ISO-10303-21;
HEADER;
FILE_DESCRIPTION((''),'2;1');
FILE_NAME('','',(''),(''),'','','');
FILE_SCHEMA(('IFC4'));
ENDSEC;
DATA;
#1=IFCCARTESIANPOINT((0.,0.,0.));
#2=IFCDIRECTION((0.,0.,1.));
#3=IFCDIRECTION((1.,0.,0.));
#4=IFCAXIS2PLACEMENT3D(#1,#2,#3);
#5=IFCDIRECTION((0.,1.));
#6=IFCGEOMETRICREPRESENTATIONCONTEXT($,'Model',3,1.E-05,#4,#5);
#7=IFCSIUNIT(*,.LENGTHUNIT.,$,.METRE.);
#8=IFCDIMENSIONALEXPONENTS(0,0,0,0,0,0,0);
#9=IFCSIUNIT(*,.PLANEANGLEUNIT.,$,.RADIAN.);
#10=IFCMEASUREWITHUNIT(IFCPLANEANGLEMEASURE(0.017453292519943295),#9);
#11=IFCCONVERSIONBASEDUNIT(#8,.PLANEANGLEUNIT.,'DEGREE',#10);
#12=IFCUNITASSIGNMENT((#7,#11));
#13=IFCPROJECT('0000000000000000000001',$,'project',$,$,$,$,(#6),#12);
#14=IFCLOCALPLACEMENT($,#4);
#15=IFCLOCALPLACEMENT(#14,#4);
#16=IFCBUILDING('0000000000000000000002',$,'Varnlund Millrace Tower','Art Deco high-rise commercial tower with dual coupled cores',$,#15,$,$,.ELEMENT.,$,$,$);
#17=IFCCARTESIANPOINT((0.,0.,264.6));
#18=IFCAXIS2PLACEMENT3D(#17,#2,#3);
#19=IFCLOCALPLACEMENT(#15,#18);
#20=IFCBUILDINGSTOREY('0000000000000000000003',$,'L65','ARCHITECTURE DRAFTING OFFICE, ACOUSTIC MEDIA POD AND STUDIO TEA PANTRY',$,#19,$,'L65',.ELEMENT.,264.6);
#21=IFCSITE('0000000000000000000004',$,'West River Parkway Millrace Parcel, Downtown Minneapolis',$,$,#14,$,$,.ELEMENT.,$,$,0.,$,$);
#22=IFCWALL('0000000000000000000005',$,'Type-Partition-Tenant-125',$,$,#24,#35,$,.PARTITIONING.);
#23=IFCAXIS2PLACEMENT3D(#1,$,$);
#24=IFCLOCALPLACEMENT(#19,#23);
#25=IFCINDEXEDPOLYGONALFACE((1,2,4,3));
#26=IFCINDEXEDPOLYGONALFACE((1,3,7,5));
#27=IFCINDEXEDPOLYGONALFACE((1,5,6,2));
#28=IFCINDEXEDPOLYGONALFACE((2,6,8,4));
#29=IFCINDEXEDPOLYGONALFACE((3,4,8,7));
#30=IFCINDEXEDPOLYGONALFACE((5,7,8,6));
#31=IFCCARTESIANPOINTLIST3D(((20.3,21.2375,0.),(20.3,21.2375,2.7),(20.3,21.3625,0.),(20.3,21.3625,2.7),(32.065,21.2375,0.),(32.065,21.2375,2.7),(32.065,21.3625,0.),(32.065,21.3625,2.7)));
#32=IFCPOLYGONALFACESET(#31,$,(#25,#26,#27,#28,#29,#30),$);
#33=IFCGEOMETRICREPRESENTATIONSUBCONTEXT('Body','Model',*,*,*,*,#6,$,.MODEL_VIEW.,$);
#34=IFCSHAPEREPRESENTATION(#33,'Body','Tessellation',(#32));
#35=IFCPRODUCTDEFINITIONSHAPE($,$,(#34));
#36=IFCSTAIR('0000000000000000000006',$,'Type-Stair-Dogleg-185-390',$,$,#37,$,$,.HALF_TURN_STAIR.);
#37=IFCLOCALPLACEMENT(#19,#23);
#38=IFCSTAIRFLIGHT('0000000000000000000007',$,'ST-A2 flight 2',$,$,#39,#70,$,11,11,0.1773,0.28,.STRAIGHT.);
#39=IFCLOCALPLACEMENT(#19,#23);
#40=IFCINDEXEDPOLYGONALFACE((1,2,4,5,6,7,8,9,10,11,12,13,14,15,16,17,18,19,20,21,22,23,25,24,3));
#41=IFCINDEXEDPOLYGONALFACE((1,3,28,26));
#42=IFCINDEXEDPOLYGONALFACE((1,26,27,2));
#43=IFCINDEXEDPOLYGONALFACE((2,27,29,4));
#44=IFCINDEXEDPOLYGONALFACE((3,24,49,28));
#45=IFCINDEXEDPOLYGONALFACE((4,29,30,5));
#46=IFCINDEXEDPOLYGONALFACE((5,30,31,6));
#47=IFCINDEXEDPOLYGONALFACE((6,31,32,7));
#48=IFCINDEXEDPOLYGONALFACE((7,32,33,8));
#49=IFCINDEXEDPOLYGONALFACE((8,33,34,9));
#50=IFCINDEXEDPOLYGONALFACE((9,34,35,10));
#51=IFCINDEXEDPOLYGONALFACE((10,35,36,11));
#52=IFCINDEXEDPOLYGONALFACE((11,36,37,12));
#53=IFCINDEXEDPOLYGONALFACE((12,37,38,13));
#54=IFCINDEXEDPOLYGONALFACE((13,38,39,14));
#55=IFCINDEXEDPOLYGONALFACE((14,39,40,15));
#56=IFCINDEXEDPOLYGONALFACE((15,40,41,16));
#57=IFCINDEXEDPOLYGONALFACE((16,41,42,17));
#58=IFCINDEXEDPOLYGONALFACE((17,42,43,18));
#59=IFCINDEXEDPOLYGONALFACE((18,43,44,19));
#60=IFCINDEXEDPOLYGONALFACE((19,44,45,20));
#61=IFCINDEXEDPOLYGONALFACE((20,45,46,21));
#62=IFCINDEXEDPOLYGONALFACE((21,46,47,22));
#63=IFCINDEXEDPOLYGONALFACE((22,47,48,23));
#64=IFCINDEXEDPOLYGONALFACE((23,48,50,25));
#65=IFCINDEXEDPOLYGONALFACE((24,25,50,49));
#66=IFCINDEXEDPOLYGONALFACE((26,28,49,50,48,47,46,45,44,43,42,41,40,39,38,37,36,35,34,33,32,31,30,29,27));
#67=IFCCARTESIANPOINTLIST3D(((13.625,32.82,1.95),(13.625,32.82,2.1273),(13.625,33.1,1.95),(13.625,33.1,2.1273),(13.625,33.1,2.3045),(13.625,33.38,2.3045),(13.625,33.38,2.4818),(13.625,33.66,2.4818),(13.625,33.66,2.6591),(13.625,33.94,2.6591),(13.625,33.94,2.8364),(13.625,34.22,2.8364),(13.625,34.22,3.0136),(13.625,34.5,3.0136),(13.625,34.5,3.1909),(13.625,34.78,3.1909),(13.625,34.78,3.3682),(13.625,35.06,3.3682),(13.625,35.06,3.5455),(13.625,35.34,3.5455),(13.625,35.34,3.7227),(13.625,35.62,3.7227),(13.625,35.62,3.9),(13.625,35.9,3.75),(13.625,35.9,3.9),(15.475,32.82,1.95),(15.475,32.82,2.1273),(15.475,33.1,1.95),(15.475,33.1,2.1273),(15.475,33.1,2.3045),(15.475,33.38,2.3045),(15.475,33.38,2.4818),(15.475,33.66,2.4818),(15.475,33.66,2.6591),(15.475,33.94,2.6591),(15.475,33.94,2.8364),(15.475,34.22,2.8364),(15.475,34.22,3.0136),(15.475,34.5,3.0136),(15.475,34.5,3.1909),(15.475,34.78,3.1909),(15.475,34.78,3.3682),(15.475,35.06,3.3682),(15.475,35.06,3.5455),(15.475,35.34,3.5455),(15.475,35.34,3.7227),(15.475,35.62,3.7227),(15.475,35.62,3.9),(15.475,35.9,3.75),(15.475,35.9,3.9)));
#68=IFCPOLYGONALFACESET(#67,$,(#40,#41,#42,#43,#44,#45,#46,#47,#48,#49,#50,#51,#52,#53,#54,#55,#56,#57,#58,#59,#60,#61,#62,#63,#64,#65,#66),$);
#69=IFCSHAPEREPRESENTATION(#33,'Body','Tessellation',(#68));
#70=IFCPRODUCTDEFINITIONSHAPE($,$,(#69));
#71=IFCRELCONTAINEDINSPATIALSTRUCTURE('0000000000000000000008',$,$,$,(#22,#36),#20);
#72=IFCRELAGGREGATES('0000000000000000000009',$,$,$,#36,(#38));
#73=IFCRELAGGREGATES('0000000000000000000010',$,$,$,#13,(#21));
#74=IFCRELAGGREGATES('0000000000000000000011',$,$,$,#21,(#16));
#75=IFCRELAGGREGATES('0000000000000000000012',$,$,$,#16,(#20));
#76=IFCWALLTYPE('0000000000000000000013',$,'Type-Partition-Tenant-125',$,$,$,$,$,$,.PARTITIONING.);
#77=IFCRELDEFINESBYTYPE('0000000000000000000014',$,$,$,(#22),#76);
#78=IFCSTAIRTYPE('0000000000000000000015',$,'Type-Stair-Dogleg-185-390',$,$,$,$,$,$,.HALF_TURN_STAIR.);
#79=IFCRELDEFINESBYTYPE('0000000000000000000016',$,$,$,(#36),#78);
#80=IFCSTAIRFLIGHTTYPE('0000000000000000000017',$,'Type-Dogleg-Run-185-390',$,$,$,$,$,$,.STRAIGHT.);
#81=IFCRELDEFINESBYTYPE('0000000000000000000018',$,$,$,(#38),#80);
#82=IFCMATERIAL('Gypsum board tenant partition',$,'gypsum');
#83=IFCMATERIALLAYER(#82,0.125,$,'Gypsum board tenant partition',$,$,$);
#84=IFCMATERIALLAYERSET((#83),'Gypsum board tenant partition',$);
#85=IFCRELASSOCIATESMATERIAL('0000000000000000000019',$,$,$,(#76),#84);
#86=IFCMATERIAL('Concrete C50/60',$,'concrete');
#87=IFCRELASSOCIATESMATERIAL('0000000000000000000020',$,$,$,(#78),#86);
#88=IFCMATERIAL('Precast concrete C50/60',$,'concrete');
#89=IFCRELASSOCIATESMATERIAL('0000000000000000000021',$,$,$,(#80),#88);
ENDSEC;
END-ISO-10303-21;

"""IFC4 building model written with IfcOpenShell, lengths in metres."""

from ifc_helpers import new_model, entity, si_unit, converted_unit, direction, frame, origin_with_axes, place, context, subcontext, project, spatial, polyline, outline, extrude, material, layer, layer_set, type_object, element, aggregate, save


model = new_model("IFC4")

# Units and contexts
model_context = context("Model", 3, precision=1e-05, world=origin_with_axes(), true_north=direction((0.0, 1.0)))
body_context = subcontext(model_context, "Body", "Model", "MODEL_VIEW")
ifc_project = project(units=[si_unit("LENGTHUNIT", "METRE"), converted_unit("PLANEANGLEUNIT", "DEGREE", entity("IfcPlaneAngleMeasure", 0.017453292519943295), si_unit("PLANEANGLEUNIT", "RADIAN"), dimensions=[0, 0, 0, 0, 0, 0, 0])], contexts=[model_context])

# Site, building, storey
site_placement = place(None, origin_with_axes())
site = spatial("IfcSite", under=ifc_project, at=site_placement, Name="West River Parkway Millrace Parcel, Downtown Minneapolis", CompositionType="ELEMENT", RefElevation=0.0)
building_placement = place(site_placement, origin_with_axes())
building = spatial("IfcBuilding", under=site, at=building_placement, Name="Varnlund Millrace Tower", Description="Art Deco high-rise commercial tower with dual coupled cores", CompositionType="ELEMENT")
storey_placement = place(building_placement, frame((0.0, 0.0, 264.6), z_axis=(0.0, 0.0, 1.0), x_axis=(1.0, 0.0, 0.0)))
storey = spatial("IfcBuildingStorey", under=building, at=storey_placement, Name="L65", Description="ARCHITECTURE DRAFTING OFFICE, ACOUSTIC MEDIA POD AND STUDIO TEA PANTRY", LongName="L65", CompositionType="ELEMENT", Elevation=264.6)

# Shared definitions
ifc_material_1 = material(Name="Precast concrete C50/60", Category="concrete")

# Wall
ifc_material_2 = material(Name="Gypsum board tenant partition", Category="gypsum")
ifc_layer_1 = layer(ifc_material_2, 0.125, Name="Gypsum board tenant partition")
ifc_layer_set_1 = layer_set([ifc_layer_1], Name="Gypsum board tenant partition")
wall_type_1 = type_object("IfcWallType", Name="Type-Partition-Tenant-125", PredefinedType="PARTITIONING", material=ifc_layer_set_1)
wall_1_placement = place(storey_placement, frame((20.3, 21.3, 0.0), z_axis=(0.0, 0.0, 1.0), x_axis=(1.0, 0.0, 0.0)))
element("IfcWall", 1, at=wall_1_placement, inside=storey, type_object=wall_type_1, Name="Type-Partition-Tenant-125", PredefinedType="PARTITIONING", context=body_context, shape_type="SweptSolid", body=[
    extrude(outline(polyline([(0.0, -0.0625), (11.765, -0.0625), (11.765, 0.0625), (0.0, 0.0625), (0.0, -0.0625)])), origin_with_axes(), (0.0, 0.0, 1.0), 2.7),
])

# Stair, stair flight
ifc_material_3 = material(Name="Concrete C50/60", Category="concrete")
stair_type = type_object("IfcStairType", Name="Type-Stair-Dogleg-185-390", PredefinedType="HALF_TURN_STAIR", material=ifc_material_3)
stair_placement = place(storey_placement, origin_with_axes())
stair = element("IfcStair", 2, at=stair_placement, inside=storey, type_object=stair_type, Name="Type-Stair-Dogleg-185-390", PredefinedType="HALF_TURN_STAIR")
stair_flight_type = type_object("IfcStairFlightType", Name="Type-Dogleg-Run-185-390", PredefinedType="STRAIGHT", material=ifc_material_1)
stair_flight_placement = place(storey_placement, frame((13.625, 32.82, 1.95), z_axis=(1.0, 0.0, 0.0), x_axis=(0.0, 1.0, 0.0)))
stair_flight = element("IfcStairFlight", 3, at=stair_flight_placement, type_object=stair_flight_type, Name="ST-A2 flight 2", NumberOfRisers=11, NumberOfTreads=11, PredefinedType="STRAIGHT", RiserHeight=0.1773, TreadLength=0.28, context=body_context, shape_type="SweptSolid", body=[
    extrude(outline(polyline([(0.0, 0.0), (0.0, 0.1773), (0.28, 0.1773), (0.28, 0.3545), (0.56, 0.3545), (0.56, 0.5318), (0.84, 0.5318), (0.84, 0.7091), (1.12, 0.7091), (1.12, 0.8864), (1.4, 0.8864), (1.4, 1.0636), (1.68, 1.0636), (1.68, 1.2409), (1.96, 1.2409), (1.96, 1.4182), (2.24, 1.4182), (2.24, 1.5955), (2.52, 1.5955), (2.52, 1.7727), (2.8, 1.7727), (2.8, 1.95), (3.08, 1.95), (3.08, 1.8), (0.28, 0.0), (0.0, 0.0)])), origin_with_axes(), (0.0, 0.0, 1.0), 1.85),
])
aggregate(stair, [stair_flight])

save(model, "model.ifc")
